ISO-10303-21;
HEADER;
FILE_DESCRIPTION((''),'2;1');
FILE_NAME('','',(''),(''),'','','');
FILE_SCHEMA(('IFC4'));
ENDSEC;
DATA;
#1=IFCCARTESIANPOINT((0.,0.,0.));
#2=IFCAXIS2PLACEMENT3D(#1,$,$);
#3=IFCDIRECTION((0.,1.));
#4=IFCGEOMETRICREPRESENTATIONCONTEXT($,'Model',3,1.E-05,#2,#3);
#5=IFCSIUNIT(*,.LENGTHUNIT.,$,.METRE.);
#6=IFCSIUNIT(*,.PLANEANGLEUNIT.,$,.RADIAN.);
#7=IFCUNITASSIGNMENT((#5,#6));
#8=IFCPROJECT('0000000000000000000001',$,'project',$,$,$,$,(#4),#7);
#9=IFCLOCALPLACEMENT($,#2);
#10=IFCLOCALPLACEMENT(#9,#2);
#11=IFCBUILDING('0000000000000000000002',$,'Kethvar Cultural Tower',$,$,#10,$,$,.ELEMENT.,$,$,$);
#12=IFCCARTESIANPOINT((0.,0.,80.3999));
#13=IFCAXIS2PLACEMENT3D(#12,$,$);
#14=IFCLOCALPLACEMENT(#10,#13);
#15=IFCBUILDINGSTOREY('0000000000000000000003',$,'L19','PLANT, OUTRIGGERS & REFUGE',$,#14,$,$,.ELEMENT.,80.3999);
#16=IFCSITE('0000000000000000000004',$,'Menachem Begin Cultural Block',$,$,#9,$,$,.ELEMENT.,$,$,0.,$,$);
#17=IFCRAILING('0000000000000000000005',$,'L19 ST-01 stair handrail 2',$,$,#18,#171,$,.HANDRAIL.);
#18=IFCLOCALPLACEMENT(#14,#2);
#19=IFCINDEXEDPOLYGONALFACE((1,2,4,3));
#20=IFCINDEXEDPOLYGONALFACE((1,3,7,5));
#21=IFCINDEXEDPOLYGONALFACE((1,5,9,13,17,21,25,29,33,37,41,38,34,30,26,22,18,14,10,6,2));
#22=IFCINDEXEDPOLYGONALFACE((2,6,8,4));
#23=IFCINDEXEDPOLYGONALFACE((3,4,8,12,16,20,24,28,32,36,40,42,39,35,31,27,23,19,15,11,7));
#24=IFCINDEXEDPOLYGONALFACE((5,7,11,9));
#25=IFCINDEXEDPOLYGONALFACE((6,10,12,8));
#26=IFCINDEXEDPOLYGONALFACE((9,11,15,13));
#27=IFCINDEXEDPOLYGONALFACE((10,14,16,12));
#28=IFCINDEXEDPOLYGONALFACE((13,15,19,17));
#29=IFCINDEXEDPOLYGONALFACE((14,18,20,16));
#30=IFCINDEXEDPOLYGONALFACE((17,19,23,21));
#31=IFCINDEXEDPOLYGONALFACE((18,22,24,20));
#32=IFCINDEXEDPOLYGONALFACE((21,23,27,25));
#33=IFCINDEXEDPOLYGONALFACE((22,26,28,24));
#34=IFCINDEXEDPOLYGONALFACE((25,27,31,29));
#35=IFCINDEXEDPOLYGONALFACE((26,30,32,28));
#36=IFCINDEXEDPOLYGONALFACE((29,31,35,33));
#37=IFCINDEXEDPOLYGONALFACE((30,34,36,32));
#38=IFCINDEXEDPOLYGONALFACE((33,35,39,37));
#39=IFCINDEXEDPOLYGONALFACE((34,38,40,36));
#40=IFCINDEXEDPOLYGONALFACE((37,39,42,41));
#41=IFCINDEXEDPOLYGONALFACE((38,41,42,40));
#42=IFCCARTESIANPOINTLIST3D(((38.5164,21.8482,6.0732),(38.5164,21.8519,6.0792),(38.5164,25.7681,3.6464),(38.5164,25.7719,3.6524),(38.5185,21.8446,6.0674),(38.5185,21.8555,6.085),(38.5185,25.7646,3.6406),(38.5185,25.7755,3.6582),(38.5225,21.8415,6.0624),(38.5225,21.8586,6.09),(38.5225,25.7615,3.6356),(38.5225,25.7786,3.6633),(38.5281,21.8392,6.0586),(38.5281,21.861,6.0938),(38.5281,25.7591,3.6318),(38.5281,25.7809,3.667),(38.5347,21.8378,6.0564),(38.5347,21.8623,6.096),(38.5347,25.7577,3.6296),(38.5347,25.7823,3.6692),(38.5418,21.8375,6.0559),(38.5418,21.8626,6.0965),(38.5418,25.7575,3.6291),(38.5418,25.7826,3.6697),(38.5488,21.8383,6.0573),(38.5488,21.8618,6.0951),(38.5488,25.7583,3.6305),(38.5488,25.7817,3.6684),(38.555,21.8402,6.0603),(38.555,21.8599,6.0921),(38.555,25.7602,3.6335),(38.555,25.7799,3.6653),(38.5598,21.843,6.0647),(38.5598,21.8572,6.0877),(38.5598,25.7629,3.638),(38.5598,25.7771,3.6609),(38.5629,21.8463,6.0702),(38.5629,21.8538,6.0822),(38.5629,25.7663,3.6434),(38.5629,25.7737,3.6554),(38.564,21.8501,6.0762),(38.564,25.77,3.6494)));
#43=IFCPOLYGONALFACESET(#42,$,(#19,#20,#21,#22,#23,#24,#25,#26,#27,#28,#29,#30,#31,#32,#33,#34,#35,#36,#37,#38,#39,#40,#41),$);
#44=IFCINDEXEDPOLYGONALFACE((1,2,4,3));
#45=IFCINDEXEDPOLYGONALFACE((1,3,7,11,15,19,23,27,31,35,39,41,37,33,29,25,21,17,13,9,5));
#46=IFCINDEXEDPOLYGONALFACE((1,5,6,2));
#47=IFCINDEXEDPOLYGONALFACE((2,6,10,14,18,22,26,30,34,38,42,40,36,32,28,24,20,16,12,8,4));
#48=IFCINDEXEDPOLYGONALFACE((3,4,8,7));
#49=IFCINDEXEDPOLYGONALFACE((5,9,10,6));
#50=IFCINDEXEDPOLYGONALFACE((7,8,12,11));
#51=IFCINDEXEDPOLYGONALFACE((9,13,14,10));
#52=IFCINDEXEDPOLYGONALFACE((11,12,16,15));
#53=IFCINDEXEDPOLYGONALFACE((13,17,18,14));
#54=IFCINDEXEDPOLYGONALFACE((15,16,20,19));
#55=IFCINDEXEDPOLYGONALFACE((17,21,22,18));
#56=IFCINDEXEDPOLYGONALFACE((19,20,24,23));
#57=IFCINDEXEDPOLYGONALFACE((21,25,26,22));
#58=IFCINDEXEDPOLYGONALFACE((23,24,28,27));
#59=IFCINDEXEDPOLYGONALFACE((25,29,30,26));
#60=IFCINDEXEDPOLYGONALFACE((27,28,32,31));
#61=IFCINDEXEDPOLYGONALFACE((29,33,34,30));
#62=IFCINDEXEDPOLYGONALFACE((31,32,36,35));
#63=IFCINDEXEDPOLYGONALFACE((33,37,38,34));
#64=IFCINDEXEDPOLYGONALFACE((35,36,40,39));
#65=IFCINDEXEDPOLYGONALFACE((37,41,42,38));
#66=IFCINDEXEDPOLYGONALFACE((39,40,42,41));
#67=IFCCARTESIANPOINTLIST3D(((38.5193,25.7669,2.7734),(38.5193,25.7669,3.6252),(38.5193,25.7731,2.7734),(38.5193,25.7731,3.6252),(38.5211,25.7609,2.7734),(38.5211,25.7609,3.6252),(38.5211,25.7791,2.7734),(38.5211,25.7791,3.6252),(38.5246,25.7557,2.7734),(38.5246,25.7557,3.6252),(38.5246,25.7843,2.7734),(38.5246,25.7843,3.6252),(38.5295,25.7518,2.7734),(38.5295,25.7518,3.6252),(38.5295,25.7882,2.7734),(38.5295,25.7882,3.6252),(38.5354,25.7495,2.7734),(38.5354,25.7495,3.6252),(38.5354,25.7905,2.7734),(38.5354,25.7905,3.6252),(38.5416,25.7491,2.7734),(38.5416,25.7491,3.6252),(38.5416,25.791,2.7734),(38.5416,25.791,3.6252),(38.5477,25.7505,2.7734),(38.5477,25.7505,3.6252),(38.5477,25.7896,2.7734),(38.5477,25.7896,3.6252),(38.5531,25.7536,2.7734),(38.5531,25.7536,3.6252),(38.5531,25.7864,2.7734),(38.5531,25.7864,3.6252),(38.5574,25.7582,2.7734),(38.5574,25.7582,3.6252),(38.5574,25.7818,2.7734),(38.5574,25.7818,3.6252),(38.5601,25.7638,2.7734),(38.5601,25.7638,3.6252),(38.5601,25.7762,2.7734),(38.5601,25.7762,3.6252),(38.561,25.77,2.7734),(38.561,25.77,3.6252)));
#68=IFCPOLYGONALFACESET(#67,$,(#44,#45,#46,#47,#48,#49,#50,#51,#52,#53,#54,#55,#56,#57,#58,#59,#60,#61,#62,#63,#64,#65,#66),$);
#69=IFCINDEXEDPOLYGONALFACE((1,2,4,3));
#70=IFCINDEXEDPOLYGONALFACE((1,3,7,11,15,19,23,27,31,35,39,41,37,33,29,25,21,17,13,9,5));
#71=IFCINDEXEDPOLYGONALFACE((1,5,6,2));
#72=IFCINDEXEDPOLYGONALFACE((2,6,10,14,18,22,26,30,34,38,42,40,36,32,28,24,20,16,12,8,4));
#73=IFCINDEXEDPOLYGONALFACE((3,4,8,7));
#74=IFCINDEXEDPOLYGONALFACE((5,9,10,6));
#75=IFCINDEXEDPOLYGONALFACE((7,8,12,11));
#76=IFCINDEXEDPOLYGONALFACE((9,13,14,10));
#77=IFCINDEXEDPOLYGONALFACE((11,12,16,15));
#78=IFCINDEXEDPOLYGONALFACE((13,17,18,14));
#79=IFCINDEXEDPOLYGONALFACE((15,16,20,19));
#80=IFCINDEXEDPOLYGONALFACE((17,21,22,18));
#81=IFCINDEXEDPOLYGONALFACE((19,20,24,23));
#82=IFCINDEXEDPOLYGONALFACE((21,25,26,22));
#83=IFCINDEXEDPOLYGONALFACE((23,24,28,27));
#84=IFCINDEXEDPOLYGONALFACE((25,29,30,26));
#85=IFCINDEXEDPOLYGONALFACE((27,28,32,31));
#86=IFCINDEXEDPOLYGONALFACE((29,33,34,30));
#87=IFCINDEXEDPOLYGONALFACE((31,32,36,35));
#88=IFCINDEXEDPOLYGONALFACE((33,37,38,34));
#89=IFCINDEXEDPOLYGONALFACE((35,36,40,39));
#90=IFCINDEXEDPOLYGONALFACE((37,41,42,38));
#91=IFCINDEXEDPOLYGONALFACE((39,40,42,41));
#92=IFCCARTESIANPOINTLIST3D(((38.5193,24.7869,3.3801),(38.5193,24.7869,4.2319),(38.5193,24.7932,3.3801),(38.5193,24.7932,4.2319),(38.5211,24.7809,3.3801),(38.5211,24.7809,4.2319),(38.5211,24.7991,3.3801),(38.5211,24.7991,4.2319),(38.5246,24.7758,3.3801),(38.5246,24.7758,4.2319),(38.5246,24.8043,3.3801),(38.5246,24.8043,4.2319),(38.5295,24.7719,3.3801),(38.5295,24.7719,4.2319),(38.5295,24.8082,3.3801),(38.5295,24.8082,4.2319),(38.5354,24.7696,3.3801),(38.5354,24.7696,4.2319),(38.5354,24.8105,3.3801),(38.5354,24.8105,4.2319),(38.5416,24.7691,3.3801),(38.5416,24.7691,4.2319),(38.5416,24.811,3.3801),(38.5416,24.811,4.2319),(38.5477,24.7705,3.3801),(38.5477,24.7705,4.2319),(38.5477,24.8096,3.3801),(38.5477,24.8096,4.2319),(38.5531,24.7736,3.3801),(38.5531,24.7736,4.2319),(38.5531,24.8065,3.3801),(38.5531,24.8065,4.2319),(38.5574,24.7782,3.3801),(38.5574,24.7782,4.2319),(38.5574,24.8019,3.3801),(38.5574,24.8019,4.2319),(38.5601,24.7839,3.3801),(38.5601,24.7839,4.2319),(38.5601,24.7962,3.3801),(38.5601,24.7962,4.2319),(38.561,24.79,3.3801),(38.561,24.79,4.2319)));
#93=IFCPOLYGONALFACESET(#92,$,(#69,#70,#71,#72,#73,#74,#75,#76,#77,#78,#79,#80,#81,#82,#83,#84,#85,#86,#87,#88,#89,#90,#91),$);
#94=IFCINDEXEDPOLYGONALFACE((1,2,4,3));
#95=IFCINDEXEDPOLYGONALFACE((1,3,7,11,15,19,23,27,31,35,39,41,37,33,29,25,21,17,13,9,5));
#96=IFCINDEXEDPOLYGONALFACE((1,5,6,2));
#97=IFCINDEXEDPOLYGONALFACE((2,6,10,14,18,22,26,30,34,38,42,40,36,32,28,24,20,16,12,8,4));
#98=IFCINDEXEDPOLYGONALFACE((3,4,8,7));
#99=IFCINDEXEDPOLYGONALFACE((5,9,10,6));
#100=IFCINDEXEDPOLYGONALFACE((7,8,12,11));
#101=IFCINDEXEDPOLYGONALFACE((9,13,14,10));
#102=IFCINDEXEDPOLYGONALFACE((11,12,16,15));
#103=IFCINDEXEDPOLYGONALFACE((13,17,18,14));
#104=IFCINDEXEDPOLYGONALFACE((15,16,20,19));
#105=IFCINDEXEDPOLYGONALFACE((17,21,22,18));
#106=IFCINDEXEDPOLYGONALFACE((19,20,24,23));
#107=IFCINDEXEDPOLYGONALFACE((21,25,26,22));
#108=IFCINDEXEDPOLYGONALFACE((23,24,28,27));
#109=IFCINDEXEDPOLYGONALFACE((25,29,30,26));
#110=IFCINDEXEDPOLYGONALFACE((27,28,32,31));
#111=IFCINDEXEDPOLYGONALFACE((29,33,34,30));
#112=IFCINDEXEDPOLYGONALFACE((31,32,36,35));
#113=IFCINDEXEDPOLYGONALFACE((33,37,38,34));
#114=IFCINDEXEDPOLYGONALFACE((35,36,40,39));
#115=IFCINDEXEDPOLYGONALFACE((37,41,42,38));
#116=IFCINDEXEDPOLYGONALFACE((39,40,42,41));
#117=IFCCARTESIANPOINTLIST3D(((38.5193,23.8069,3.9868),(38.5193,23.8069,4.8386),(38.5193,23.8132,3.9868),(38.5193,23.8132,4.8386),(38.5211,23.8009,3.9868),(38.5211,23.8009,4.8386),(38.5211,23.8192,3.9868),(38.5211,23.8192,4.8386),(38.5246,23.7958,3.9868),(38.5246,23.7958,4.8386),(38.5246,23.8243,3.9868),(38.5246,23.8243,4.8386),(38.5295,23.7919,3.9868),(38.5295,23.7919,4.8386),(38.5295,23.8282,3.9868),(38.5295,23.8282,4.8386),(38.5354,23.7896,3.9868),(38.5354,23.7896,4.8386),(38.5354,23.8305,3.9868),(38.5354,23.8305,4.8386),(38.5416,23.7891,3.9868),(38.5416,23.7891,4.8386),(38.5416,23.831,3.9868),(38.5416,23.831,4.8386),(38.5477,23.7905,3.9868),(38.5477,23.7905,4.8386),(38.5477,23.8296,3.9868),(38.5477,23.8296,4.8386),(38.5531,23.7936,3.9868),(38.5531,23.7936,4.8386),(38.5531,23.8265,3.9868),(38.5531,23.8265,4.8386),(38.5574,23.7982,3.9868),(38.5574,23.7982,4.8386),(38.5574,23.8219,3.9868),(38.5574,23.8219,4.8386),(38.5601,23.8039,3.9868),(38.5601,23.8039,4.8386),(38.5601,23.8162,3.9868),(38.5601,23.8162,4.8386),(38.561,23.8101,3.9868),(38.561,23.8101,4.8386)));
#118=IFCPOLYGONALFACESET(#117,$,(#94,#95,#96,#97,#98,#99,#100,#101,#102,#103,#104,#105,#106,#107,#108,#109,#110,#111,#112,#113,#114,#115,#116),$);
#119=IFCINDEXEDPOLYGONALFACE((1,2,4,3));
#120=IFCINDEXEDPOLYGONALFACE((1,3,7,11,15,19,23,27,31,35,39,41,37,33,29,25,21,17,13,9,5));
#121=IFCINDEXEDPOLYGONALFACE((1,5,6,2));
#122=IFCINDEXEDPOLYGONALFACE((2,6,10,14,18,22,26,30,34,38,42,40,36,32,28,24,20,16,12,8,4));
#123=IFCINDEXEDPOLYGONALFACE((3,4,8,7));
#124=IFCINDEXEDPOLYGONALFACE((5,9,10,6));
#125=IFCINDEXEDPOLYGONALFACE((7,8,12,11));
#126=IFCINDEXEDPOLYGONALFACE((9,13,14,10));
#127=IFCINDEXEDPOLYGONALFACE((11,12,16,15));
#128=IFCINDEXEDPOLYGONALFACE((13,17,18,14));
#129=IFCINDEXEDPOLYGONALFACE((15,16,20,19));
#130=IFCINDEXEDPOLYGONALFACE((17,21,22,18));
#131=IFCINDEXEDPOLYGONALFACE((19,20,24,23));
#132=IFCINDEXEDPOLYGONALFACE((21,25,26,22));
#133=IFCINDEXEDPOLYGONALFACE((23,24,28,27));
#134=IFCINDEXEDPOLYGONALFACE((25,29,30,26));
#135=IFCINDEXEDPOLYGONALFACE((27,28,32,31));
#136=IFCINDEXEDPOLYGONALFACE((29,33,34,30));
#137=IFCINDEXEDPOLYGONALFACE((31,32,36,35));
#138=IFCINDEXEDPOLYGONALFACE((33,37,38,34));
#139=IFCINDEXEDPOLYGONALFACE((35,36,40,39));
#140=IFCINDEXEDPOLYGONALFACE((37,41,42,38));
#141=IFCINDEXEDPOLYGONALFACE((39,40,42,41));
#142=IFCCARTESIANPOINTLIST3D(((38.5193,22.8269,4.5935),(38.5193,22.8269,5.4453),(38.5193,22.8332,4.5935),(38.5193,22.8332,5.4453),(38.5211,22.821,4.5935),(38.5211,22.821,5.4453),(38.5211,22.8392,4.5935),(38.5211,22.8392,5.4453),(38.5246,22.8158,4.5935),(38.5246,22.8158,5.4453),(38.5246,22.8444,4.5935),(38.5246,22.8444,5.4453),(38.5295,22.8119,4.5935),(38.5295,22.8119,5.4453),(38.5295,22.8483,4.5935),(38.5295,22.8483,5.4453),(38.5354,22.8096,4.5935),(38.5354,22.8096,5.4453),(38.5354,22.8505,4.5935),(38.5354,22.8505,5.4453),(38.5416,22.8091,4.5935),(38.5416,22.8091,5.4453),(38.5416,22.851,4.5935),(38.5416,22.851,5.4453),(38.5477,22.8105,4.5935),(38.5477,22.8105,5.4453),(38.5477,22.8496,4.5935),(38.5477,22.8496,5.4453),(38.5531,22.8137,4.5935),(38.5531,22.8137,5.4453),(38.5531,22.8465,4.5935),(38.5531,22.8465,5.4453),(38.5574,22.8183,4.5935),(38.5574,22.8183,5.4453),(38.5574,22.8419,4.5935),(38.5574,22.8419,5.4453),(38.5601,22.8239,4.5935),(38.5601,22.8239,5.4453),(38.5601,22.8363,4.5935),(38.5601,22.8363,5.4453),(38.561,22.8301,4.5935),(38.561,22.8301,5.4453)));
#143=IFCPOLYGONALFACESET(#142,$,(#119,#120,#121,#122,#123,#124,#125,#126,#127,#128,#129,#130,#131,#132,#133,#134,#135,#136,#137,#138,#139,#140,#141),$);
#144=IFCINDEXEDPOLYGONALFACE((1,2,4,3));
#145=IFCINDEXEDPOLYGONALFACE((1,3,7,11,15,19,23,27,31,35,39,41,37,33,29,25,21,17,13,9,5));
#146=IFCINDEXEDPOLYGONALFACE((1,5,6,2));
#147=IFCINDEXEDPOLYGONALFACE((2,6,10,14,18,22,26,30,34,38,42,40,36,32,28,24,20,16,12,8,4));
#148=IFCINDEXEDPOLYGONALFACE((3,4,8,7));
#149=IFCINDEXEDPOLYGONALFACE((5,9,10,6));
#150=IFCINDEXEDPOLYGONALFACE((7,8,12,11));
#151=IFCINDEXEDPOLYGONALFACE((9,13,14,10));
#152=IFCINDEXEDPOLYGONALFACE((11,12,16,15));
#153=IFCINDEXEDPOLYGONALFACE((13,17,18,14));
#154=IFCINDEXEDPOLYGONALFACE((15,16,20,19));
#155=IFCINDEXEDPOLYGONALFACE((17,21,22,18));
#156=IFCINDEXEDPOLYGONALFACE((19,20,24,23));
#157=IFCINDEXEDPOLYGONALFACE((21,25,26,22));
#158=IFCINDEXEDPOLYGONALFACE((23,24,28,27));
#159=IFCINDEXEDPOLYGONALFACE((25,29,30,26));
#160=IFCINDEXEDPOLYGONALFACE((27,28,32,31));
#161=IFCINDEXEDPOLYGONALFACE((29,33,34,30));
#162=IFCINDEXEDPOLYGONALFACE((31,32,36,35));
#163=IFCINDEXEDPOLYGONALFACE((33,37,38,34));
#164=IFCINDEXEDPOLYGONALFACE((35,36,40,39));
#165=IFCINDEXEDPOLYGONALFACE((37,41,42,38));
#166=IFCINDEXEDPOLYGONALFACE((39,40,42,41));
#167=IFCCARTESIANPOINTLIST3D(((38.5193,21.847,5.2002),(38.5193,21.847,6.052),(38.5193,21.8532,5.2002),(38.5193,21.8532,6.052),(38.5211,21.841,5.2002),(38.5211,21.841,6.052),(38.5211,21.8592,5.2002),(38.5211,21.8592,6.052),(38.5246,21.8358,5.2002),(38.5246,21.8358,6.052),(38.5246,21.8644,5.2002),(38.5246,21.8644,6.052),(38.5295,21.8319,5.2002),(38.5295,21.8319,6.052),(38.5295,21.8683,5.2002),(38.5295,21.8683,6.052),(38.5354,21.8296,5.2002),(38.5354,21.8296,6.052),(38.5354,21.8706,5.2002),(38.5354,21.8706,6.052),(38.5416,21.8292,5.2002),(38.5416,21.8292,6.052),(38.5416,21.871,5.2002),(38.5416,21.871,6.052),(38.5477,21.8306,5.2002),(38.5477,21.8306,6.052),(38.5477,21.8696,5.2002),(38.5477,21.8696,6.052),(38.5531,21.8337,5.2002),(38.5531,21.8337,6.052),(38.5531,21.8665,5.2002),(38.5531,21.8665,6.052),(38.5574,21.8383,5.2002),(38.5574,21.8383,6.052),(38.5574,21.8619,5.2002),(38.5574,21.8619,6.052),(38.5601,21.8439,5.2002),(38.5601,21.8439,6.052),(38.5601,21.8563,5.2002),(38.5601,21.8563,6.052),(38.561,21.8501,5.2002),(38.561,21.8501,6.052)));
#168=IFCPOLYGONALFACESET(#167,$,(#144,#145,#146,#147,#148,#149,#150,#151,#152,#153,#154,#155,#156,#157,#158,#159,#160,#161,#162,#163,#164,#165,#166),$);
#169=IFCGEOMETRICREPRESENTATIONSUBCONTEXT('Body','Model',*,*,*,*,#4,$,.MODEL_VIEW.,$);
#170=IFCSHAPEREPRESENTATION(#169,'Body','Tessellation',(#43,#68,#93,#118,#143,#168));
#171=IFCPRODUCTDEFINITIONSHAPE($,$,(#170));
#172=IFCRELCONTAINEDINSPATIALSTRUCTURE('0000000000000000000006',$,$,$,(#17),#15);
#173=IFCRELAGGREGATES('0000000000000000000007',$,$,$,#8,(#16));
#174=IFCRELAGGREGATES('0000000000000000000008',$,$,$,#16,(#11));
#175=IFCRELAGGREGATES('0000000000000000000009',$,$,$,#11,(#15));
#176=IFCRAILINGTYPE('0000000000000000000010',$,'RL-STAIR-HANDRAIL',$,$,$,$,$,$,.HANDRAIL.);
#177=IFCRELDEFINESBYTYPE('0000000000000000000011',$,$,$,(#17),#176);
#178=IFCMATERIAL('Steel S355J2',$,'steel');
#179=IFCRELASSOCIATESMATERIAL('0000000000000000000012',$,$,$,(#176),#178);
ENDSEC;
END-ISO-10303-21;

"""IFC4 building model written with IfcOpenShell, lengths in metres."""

from ifc_helpers import new_model, si_unit, direction, frame, origin, origin_2d, place, context, subcontext, project, spatial, circle, extrude, material, type_object, element, save


model = new_model("IFC4")

# Units and contexts
model_context = context("Model", 3, precision=1e-05, world=origin(), true_north=direction((0.0, 1.0)))
body_context = subcontext(model_context, "Body", "Model", "MODEL_VIEW")
ifc_project = project(units=[si_unit("LENGTHUNIT", "METRE"), si_unit("PLANEANGLEUNIT", "RADIAN")], contexts=[model_context])

# Site, building, storey
site_placement = place(None, origin())
site = spatial("IfcSite", under=ifc_project, at=site_placement, Name="Menachem Begin Cultural Block", CompositionType="ELEMENT", RefElevation=0.0)
building_placement = place(site_placement, origin())
building = spatial("IfcBuilding", under=site, at=building_placement, Name="Kethvar Cultural Tower", CompositionType="ELEMENT")
storey_placement = place(building_placement, frame((0.0, 0.0, 80.3999)))
storey = spatial("IfcBuildingStorey", under=building, at=storey_placement, Name="L19", Description="PLANT, OUTRIGGERS & REFUGE", CompositionType="ELEMENT", Elevation=80.3999)

# Shared definitions
ifc_material_1 = material(Name="Steel S355J2", Category="steel")

# Railing
railing_type_1 = type_object("IfcRailingType", Name="RL-STAIR-HANDRAIL", PredefinedType="HANDRAIL", material=ifc_material_1)
railing_1_placement = place(storey_placement, frame((38.54, 25.77, 2.7734)))
element("IfcRailing", 1, at=railing_1_placement, inside=storey, type_object=railing_type_1, Name="L19 ST-01 stair handrail 2", PredefinedType="HANDRAIL", context=body_context, shape_type="SweptSolid", body=[
    extrude(circle(Radius=0.0239, at=origin_2d()), frame((0.0, 0.0, 0.876), z_axis=(0.0, -0.850252, 0.526376), x_axis=(1.0, 0.0, 0.0)), (0.0, 0.0, 1.0), 4.6104),
    extrude(circle(Radius=0.021, at=origin_2d()), origin(), (0.0, 0.0, 1.0), 0.8518),
    extrude(circle(Radius=0.021, at=origin_2d()), frame((0.0, -0.98, 0.6067)), (0.0, 0.0, 1.0), 0.8518),
    extrude(circle(Radius=0.021, at=origin_2d()), frame((0.0, -1.96, 1.2134)), (0.0, 0.0, 1.0), 0.8518),
    extrude(circle(Radius=0.021, at=origin_2d()), frame((0.0, -2.9399, 1.8201)), (0.0, 0.0, 1.0), 0.8518),
    extrude(circle(Radius=0.021, at=origin_2d()), frame((0.0, -3.9199, 2.4268)), (0.0, 0.0, 1.0), 0.8518),
])

save(model, "model.ifc")
